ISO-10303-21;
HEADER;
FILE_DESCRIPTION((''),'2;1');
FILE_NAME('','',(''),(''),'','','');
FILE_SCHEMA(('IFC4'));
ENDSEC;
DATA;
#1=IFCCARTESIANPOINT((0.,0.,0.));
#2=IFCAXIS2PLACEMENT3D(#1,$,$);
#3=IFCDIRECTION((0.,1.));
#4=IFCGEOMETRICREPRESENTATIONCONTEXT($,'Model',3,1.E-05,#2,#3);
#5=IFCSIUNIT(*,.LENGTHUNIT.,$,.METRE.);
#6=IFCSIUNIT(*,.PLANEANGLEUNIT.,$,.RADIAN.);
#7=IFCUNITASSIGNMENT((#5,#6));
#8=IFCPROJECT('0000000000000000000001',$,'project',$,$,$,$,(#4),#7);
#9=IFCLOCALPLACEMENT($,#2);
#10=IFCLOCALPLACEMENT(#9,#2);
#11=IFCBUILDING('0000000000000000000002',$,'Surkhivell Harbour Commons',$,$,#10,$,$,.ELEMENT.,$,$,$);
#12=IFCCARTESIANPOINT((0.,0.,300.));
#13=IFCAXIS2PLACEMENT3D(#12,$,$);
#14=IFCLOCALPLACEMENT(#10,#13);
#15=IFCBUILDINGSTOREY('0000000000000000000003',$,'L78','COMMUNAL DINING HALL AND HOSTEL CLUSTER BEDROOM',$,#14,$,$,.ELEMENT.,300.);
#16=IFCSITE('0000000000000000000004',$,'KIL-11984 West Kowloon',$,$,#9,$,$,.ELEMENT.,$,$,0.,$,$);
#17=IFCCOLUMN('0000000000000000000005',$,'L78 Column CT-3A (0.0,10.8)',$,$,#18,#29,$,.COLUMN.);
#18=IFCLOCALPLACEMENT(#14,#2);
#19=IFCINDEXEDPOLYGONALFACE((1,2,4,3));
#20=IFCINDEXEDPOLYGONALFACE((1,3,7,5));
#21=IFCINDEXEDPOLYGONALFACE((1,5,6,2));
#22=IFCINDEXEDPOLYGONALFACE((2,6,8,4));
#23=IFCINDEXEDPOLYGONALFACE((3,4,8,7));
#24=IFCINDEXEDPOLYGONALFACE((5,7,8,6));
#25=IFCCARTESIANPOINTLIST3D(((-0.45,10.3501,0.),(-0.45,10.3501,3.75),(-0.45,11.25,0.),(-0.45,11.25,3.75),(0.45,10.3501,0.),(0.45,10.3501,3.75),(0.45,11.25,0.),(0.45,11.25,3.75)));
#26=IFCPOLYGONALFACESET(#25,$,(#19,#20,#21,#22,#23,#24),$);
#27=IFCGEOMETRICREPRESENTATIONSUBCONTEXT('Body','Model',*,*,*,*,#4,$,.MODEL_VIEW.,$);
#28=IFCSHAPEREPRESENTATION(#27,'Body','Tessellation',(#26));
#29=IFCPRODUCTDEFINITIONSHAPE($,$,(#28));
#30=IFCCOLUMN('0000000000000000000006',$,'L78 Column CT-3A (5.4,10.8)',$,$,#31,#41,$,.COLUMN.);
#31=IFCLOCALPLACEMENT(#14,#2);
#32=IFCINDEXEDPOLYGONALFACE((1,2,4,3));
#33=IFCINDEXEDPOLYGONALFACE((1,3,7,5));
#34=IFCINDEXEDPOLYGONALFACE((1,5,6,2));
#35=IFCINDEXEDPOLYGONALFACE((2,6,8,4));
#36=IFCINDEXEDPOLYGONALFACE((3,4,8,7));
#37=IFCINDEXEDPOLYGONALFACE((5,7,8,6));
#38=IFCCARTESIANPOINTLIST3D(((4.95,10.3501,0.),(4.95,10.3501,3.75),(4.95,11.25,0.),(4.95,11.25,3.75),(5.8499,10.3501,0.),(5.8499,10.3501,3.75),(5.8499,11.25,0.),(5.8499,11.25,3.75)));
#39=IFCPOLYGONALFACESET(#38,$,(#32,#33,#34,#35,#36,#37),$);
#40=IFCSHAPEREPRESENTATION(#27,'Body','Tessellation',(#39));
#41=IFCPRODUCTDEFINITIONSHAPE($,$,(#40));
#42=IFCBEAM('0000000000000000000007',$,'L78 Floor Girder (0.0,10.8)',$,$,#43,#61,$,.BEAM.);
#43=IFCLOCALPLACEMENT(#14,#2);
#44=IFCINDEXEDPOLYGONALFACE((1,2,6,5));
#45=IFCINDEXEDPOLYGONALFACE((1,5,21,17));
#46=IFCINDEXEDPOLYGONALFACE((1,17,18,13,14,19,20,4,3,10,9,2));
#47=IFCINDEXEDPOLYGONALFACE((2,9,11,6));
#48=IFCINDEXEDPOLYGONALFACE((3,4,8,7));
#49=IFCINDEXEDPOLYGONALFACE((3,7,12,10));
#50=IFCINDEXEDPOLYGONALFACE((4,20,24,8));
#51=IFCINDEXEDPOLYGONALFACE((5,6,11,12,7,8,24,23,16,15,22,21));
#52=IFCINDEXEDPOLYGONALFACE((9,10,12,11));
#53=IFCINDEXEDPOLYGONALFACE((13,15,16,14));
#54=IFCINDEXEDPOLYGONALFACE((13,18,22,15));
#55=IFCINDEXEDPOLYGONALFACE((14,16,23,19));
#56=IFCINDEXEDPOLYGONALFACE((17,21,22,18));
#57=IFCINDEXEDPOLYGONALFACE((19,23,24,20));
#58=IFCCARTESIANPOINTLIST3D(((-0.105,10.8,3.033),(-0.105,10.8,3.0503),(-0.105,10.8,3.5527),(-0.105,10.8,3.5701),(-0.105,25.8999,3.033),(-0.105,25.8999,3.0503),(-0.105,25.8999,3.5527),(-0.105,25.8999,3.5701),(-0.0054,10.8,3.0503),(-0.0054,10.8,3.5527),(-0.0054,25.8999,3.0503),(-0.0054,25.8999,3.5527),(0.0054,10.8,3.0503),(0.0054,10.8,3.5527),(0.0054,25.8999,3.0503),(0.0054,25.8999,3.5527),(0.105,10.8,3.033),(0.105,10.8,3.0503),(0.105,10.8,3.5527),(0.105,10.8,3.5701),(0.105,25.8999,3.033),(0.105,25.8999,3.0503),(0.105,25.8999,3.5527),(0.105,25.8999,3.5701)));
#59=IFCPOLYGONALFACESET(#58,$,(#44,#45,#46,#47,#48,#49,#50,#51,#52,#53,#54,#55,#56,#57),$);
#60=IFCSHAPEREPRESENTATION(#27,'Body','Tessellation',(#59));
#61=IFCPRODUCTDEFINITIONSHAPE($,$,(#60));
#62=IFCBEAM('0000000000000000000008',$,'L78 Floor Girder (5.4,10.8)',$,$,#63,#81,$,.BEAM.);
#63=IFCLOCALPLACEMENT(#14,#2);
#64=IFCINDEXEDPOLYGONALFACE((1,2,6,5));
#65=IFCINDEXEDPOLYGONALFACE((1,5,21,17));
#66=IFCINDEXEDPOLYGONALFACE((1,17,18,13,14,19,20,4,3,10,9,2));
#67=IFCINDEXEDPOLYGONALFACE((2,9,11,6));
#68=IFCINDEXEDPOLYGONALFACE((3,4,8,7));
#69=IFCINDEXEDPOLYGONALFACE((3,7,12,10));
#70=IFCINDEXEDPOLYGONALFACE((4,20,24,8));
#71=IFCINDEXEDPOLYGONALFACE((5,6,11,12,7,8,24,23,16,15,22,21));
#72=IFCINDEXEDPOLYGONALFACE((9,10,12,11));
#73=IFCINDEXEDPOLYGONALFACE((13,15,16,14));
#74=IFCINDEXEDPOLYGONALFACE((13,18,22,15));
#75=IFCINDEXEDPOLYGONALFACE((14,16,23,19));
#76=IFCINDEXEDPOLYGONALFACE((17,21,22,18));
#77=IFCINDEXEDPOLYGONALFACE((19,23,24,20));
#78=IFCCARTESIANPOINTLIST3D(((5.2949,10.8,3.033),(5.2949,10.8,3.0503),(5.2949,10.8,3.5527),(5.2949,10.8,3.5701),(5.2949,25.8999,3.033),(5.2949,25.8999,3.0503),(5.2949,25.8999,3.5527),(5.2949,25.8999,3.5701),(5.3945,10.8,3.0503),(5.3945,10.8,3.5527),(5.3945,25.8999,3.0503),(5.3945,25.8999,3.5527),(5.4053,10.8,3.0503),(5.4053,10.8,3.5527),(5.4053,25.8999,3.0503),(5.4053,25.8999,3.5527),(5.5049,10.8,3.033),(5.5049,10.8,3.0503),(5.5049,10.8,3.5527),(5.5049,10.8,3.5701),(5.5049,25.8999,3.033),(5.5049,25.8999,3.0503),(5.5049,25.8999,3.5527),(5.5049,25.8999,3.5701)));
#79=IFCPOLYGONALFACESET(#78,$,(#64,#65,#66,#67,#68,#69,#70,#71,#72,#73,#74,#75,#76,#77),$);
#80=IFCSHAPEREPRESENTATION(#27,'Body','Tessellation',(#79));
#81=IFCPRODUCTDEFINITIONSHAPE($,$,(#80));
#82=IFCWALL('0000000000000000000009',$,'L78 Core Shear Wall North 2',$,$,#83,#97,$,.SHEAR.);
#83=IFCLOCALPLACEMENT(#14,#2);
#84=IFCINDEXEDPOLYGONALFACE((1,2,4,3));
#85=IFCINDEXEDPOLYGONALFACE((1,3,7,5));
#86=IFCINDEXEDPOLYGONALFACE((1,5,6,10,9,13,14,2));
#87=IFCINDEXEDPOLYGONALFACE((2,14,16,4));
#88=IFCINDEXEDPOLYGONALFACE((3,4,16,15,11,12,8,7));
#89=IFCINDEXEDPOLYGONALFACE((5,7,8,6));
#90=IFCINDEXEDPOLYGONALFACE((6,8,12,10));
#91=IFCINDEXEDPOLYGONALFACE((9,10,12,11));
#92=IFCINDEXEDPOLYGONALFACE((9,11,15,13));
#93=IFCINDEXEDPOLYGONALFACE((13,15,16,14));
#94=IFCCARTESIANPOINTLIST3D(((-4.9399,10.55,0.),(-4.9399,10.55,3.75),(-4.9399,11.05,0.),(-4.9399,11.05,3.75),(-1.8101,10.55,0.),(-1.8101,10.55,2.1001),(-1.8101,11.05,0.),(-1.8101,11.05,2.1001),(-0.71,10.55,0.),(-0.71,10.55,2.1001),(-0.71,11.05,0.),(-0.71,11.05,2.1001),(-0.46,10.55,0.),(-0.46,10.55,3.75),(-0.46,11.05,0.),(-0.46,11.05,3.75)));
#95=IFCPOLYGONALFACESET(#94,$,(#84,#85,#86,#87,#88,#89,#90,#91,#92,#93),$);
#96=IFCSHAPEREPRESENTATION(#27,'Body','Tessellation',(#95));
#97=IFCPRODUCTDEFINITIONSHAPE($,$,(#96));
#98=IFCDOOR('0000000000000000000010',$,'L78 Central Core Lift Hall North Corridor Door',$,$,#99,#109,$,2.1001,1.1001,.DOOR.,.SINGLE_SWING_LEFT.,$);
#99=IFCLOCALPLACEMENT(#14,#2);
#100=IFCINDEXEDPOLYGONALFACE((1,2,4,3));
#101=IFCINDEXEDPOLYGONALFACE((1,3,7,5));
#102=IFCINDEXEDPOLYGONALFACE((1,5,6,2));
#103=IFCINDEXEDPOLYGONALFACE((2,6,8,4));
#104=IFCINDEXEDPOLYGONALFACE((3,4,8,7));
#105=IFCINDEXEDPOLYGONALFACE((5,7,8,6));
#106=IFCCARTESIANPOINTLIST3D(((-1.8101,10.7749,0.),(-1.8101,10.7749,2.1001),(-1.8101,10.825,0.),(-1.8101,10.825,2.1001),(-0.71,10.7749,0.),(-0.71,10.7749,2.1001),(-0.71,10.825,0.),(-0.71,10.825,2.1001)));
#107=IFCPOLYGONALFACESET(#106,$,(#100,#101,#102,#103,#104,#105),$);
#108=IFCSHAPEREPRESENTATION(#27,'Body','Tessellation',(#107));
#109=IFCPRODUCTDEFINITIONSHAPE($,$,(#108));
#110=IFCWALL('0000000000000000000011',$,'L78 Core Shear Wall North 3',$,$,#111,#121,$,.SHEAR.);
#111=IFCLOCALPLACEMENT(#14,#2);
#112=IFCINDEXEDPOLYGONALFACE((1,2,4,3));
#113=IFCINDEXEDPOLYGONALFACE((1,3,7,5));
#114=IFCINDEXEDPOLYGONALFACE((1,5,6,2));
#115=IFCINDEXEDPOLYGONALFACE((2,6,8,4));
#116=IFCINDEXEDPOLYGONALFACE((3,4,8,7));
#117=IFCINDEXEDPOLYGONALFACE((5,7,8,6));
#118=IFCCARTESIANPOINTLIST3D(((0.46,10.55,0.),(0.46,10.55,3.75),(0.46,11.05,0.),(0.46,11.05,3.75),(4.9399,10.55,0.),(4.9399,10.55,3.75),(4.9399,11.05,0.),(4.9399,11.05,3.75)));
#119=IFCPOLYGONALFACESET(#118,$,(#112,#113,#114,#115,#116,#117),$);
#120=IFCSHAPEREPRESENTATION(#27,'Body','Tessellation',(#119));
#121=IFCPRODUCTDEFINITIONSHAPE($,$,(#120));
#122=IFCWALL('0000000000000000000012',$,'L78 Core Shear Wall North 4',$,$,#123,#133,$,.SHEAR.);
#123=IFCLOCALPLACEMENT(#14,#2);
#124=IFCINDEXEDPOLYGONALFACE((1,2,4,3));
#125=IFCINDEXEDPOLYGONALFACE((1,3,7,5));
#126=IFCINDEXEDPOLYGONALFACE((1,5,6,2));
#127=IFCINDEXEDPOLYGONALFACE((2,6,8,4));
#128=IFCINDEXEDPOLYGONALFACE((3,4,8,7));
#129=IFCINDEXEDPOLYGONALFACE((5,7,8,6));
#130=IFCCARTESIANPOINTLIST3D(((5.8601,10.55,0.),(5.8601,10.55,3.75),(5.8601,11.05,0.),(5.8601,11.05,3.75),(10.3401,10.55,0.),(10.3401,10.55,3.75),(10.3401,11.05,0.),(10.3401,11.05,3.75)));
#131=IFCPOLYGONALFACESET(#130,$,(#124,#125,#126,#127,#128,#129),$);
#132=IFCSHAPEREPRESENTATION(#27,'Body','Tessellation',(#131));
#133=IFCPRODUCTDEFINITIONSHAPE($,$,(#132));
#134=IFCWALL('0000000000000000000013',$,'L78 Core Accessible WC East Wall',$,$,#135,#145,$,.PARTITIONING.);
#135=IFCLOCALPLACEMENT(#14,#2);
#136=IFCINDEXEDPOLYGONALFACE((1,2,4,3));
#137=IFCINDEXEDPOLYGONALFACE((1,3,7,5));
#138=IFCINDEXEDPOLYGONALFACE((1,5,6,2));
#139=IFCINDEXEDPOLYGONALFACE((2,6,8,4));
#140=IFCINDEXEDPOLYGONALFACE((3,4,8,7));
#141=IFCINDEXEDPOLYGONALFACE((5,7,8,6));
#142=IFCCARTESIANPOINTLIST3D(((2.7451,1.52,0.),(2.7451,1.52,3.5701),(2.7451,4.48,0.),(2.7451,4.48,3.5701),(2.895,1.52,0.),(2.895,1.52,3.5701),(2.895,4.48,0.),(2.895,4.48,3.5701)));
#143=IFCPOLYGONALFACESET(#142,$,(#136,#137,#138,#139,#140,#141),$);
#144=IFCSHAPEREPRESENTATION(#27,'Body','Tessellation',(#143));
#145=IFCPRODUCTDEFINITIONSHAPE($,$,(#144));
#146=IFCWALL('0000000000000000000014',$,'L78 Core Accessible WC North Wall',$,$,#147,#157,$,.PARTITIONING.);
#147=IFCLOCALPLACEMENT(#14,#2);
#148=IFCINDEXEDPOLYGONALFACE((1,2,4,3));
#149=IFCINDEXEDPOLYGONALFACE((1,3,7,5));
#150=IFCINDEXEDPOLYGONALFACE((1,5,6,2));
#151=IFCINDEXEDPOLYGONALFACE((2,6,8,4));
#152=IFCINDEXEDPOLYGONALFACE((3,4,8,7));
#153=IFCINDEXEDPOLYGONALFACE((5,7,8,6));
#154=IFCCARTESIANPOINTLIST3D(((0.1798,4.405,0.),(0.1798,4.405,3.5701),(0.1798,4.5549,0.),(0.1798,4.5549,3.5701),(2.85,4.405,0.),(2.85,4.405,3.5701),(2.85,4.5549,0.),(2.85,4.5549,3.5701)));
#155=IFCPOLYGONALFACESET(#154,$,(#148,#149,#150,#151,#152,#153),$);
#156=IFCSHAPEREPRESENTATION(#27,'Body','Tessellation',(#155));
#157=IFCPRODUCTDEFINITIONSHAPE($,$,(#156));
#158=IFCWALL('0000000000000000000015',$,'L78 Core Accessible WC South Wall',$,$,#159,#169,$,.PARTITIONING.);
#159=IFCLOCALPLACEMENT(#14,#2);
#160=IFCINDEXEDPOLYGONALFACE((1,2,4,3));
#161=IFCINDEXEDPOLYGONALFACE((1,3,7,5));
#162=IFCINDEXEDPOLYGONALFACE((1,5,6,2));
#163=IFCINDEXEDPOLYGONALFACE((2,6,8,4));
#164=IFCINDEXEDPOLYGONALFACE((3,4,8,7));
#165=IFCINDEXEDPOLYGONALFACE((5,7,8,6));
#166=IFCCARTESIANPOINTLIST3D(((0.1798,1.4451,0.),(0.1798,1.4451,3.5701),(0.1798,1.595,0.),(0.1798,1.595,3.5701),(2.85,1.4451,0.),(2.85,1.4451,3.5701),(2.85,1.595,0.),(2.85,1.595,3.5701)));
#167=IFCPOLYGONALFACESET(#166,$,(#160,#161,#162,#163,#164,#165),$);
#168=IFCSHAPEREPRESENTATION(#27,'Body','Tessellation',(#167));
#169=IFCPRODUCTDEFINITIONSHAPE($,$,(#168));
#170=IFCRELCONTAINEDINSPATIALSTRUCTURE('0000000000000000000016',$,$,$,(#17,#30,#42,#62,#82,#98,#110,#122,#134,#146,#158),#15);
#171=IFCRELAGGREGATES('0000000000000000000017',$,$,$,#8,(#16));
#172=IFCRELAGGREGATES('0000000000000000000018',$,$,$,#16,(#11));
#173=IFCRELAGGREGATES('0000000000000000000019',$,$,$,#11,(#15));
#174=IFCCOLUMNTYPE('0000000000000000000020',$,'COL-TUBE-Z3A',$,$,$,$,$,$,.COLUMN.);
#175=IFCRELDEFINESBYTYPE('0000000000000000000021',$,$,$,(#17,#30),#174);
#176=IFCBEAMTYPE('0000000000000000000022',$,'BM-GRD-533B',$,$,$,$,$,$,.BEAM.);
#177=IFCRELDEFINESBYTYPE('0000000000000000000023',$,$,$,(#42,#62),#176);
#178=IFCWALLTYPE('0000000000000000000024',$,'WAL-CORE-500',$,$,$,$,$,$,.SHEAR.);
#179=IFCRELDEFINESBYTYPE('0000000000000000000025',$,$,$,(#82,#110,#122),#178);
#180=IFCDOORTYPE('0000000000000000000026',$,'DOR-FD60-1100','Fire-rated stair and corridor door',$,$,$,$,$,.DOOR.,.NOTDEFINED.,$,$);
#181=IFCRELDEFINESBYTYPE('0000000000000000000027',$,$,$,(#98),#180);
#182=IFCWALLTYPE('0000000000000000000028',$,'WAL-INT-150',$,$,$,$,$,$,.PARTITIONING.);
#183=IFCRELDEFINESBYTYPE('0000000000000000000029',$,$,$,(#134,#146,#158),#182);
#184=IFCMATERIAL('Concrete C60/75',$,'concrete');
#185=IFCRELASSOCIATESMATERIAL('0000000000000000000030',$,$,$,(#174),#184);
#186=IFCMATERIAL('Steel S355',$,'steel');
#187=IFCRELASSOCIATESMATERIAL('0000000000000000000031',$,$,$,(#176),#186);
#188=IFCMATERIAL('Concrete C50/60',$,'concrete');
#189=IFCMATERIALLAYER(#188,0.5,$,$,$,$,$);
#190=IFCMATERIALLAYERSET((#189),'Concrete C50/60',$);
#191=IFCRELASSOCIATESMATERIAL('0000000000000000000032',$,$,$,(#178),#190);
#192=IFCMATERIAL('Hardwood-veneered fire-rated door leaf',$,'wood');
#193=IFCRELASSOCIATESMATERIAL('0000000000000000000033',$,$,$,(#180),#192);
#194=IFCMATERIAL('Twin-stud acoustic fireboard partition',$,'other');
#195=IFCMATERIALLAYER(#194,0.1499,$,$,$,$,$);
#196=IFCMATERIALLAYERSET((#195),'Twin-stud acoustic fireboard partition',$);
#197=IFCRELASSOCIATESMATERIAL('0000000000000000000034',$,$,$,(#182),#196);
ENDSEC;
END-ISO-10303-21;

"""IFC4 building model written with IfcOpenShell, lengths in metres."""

from ifc_helpers import new_model, si_unit, direction, frame, frame_2d, origin, origin_2d, place, context, subcontext, project, spatial, rectangle, i_section, extrude, material, layer, layer_set, material_profile, profile_set, type_object, element, fill, save


model = new_model("IFC4")

# Units and contexts
model_context = context("Model", 3, precision=1e-05, world=origin(), true_north=direction((0.0, 1.0)))
body_context = subcontext(model_context, "Body", "Model", "MODEL_VIEW")
ifc_project = project(units=[si_unit("LENGTHUNIT", "METRE"), si_unit("PLANEANGLEUNIT", "RADIAN")], contexts=[model_context])

# Site, building, storey
site_placement = place(None, origin())
site = spatial("IfcSite", under=ifc_project, at=site_placement, Name="KIL-11984 West Kowloon", CompositionType="ELEMENT", RefElevation=0.0)
building_placement = place(site_placement, origin())
building = spatial("IfcBuilding", under=site, at=building_placement, Name="Surkhivell Harbour Commons", CompositionType="ELEMENT")
storey_placement = place(building_placement, frame((0.0, 0.0, 300.0)))
storey = spatial("IfcBuildingStorey", under=building, at=storey_placement, Name="L78", Description="COMMUNAL DINING HALL AND HOSTEL CLUSTER BEDROOM", CompositionType="ELEMENT", Elevation=300.0)

# Columns
ifc_material_1 = material(Name="Concrete C60/75", Category="concrete")
ifc_material_profile_1 = material_profile(ifc_material_1, rectangle(XDim=0.8999, YDim=0.8999, at=origin_2d()), Name="RC-COL-900x900")
ifc_profile_set_1 = profile_set([ifc_material_profile_1], Name="Concrete C60/75")
column_type = type_object("IfcColumnType", Name="COL-TUBE-Z3A", PredefinedType="COLUMN", material=ifc_profile_set_1)
for number, where, z_axis, x_axis, name in (
    (1, (0.0, 10.8, 0.0), (0.0, 0.0, 1.0), (1.0, 0.0, 0.0), "L78 Column CT-3A (0.0,10.8)"),
    (2, (5.3999, 10.8, 0.0), (0.0, 0.0, 1.0), (1.0, 0.0, 0.0), "L78 Column CT-3A (5.4,10.8)"),
):
    element("IfcColumn", number, at=place(storey_placement, frame(where, z_axis=z_axis, x_axis=x_axis)), inside=storey, type_object=column_type, Name=name, PredefinedType="COLUMN", context=body_context, shape_type="SweptSolid", body=[
        extrude(rectangle(XDim=0.8999, YDim=0.8999, at=origin_2d()), origin(), (0.0, 0.0, 1.0), 3.75),
    ])

# Beams
ifc_material_2 = material(Name="Steel S355", Category="steel")
ifc_material_profile_2 = material_profile(ifc_material_2, i_section(OverallWidth=0.21, OverallDepth=0.5371, WebThickness=0.0107, FlangeThickness=0.0173, at=origin_2d()), Name="UB533x210x101")
ifc_profile_set_2 = profile_set([ifc_material_profile_2], Name="Steel S355")
beam_type = type_object("IfcBeamType", Name="BM-GRD-533B", PredefinedType="BEAM", material=ifc_profile_set_2)
for number, where, z_axis, x_axis, name in (
    (3, (0.0, 10.8, 3.3015), (0.0, 1.0, 0.0), (-1.0, 0.0, 0.0), "L78 Floor Girder (0.0,10.8)"),
    (4, (5.3999, 10.8, 3.3015), (0.0, 1.0, 0.0), (-1.0, 0.0, 0.0), "L78 Floor Girder (5.4,10.8)"),
):
    element("IfcBeam", number, at=place(storey_placement, frame(where, z_axis=z_axis, x_axis=x_axis)), inside=storey, type_object=beam_type, Name=name, PredefinedType="BEAM", context=body_context, shape_type="SweptSolid", body=[
        extrude(i_section(OverallWidth=0.21, OverallDepth=0.5371, WebThickness=0.0107, FlangeThickness=0.0173, at=origin_2d()), origin(), (0.0, 0.0, 1.0), 15.0999),
    ])

# Wall, opening, door
ifc_material_3 = material(Name="Concrete C50/60", Category="concrete")
ifc_layer_1 = layer(ifc_material_3, 0.5)
ifc_layer_set_1 = layer_set([ifc_layer_1], Name="Concrete C50/60")
wall_type_1 = type_object("IfcWallType", Name="WAL-CORE-500", PredefinedType="SHEAR", material=ifc_layer_set_1)
wall_1_placement = place(storey_placement, frame((-4.9399, 10.8, 0.0), z_axis=(0.0, 0.0, 1.0), x_axis=(1.0, 0.0, 0.0)))
wall_1 = element("IfcWall", 5, at=wall_1_placement, inside=storey, type_object=wall_type_1, Name="L78 Core Shear Wall North 2", PredefinedType="SHEAR", context=body_context, shape_type="SweptSolid", body=[
    extrude(rectangle(XDim=4.48, YDim=0.5, at=frame_2d((2.24, 0.0))), origin(), (0.0, 0.0, 1.0), 3.75),
])
opening_1_placement = place(wall_1_placement, frame((3.1299, 0.0, 0.0)))
opening_1 = element("IfcOpeningElement", 6, at=opening_1_placement, cuts=wall_1, PredefinedType="OPENING", context=body_context, shape_type="SweptSolid", body=[
    extrude(rectangle(XDim=1.1001, YDim=2.1001, at=frame_2d((0.55, 1.05))), frame((0.0, 0.26, 0.0), z_axis=(0.0, -1.0, 0.0), x_axis=(1.0, 0.0, 0.0)), (0.0, 0.0, 1.0), 0.52),
])
ifc_material_4 = material(Name="Hardwood-veneered fire-rated door leaf", Category="wood")
door_type_1 = type_object("IfcDoorType", Name="DOR-FD60-1100", Description="Fire-rated stair and corridor door", OperationType="NOTDEFINED", PredefinedType="DOOR", material=ifc_material_4)
door_1_placement = place(opening_1_placement, origin())
door_1 = element("IfcDoor", 7, at=door_1_placement, inside=storey, type_object=door_type_1, Name="L78 Central Core Lift Hall North Corridor Door", OperationType="SINGLE_SWING_LEFT", OverallHeight=2.1001, OverallWidth=1.1001, PredefinedType="DOOR", context=body_context, shape_type="SweptSolid", body=[
    extrude(rectangle(XDim=1.1001, YDim=2.1001, at=frame_2d((0.55, 1.05))), frame((0.0, 0.0249, 0.0), z_axis=(0.0, -1.0, 0.0), x_axis=(1.0, 0.0, 0.0)), (0.0, 0.0, 1.0), 0.05),
])
fill(opening_1, door_1)

# Walls
for number, where, z_axis, x_axis, name in (
    (8, (0.46, 10.8, 0.0), (0.0, 0.0, 1.0), (1.0, 0.0, 0.0), "L78 Core Shear Wall North 3"),
    (9, (5.8601, 10.8, 0.0), (0.0, 0.0, 1.0), (1.0, 0.0, 0.0), "L78 Core Shear Wall North 4"),
):
    element("IfcWall", number, at=place(storey_placement, frame(where, z_axis=z_axis, x_axis=x_axis)), inside=storey, type_object=wall_type_1, Name=name, PredefinedType="SHEAR", context=body_context, shape_type="SweptSolid", body=[
        extrude(rectangle(XDim=4.48, YDim=0.5, at=frame_2d((2.24, 0.0))), origin(), (0.0, 0.0, 1.0), 3.75),
    ])
ifc_material_5 = material(Name="Twin-stud acoustic fireboard partition", Category="other")
ifc_layer_2 = layer(ifc_material_5, 0.1499)
ifc_layer_set_2 = layer_set([ifc_layer_2], Name="Twin-stud acoustic fireboard partition")
wall_type_2 = type_object("IfcWallType", Name="WAL-INT-150", PredefinedType="PARTITIONING", material=ifc_layer_set_2)
wall_2_placement = place(storey_placement, frame((2.8201, 1.52, 0.0), z_axis=(0.0, 0.0, 1.0), x_axis=(0.0, 1.0, 0.0)))
element("IfcWall", 10, at=wall_2_placement, inside=storey, type_object=wall_type_2, Name="L78 Core Accessible WC East Wall", PredefinedType="PARTITIONING", context=body_context, shape_type="SweptSolid", body=[
    extrude(rectangle(XDim=2.96, YDim=0.1499, at=frame_2d((1.48, 0.0))), origin(), (0.0, 0.0, 1.0), 3.5701),
])
for number, where, z_axis, x_axis, name in (
    (11, (0.1799, 4.48, 0.0), (0.0, 0.0, 1.0), (1.0, 0.0, 0.0), "L78 Core Accessible WC North Wall"),
    (12, (0.1799, 1.52, 0.0), (0.0, 0.0, 1.0), (1.0, 0.0, 0.0), "L78 Core Accessible WC South Wall"),
):
    element("IfcWall", number, at=place(storey_placement, frame(where, z_axis=z_axis, x_axis=x_axis)), inside=storey, type_object=wall_type_2, Name=name, PredefinedType="PARTITIONING", context=body_context, shape_type="SweptSolid", body=[
        extrude(rectangle(XDim=2.6702, YDim=0.1499, at=frame_2d((1.335, 0.0))), origin(), (0.0, 0.0, 1.0), 3.5701),
    ])

save(model, "model.ifc")
